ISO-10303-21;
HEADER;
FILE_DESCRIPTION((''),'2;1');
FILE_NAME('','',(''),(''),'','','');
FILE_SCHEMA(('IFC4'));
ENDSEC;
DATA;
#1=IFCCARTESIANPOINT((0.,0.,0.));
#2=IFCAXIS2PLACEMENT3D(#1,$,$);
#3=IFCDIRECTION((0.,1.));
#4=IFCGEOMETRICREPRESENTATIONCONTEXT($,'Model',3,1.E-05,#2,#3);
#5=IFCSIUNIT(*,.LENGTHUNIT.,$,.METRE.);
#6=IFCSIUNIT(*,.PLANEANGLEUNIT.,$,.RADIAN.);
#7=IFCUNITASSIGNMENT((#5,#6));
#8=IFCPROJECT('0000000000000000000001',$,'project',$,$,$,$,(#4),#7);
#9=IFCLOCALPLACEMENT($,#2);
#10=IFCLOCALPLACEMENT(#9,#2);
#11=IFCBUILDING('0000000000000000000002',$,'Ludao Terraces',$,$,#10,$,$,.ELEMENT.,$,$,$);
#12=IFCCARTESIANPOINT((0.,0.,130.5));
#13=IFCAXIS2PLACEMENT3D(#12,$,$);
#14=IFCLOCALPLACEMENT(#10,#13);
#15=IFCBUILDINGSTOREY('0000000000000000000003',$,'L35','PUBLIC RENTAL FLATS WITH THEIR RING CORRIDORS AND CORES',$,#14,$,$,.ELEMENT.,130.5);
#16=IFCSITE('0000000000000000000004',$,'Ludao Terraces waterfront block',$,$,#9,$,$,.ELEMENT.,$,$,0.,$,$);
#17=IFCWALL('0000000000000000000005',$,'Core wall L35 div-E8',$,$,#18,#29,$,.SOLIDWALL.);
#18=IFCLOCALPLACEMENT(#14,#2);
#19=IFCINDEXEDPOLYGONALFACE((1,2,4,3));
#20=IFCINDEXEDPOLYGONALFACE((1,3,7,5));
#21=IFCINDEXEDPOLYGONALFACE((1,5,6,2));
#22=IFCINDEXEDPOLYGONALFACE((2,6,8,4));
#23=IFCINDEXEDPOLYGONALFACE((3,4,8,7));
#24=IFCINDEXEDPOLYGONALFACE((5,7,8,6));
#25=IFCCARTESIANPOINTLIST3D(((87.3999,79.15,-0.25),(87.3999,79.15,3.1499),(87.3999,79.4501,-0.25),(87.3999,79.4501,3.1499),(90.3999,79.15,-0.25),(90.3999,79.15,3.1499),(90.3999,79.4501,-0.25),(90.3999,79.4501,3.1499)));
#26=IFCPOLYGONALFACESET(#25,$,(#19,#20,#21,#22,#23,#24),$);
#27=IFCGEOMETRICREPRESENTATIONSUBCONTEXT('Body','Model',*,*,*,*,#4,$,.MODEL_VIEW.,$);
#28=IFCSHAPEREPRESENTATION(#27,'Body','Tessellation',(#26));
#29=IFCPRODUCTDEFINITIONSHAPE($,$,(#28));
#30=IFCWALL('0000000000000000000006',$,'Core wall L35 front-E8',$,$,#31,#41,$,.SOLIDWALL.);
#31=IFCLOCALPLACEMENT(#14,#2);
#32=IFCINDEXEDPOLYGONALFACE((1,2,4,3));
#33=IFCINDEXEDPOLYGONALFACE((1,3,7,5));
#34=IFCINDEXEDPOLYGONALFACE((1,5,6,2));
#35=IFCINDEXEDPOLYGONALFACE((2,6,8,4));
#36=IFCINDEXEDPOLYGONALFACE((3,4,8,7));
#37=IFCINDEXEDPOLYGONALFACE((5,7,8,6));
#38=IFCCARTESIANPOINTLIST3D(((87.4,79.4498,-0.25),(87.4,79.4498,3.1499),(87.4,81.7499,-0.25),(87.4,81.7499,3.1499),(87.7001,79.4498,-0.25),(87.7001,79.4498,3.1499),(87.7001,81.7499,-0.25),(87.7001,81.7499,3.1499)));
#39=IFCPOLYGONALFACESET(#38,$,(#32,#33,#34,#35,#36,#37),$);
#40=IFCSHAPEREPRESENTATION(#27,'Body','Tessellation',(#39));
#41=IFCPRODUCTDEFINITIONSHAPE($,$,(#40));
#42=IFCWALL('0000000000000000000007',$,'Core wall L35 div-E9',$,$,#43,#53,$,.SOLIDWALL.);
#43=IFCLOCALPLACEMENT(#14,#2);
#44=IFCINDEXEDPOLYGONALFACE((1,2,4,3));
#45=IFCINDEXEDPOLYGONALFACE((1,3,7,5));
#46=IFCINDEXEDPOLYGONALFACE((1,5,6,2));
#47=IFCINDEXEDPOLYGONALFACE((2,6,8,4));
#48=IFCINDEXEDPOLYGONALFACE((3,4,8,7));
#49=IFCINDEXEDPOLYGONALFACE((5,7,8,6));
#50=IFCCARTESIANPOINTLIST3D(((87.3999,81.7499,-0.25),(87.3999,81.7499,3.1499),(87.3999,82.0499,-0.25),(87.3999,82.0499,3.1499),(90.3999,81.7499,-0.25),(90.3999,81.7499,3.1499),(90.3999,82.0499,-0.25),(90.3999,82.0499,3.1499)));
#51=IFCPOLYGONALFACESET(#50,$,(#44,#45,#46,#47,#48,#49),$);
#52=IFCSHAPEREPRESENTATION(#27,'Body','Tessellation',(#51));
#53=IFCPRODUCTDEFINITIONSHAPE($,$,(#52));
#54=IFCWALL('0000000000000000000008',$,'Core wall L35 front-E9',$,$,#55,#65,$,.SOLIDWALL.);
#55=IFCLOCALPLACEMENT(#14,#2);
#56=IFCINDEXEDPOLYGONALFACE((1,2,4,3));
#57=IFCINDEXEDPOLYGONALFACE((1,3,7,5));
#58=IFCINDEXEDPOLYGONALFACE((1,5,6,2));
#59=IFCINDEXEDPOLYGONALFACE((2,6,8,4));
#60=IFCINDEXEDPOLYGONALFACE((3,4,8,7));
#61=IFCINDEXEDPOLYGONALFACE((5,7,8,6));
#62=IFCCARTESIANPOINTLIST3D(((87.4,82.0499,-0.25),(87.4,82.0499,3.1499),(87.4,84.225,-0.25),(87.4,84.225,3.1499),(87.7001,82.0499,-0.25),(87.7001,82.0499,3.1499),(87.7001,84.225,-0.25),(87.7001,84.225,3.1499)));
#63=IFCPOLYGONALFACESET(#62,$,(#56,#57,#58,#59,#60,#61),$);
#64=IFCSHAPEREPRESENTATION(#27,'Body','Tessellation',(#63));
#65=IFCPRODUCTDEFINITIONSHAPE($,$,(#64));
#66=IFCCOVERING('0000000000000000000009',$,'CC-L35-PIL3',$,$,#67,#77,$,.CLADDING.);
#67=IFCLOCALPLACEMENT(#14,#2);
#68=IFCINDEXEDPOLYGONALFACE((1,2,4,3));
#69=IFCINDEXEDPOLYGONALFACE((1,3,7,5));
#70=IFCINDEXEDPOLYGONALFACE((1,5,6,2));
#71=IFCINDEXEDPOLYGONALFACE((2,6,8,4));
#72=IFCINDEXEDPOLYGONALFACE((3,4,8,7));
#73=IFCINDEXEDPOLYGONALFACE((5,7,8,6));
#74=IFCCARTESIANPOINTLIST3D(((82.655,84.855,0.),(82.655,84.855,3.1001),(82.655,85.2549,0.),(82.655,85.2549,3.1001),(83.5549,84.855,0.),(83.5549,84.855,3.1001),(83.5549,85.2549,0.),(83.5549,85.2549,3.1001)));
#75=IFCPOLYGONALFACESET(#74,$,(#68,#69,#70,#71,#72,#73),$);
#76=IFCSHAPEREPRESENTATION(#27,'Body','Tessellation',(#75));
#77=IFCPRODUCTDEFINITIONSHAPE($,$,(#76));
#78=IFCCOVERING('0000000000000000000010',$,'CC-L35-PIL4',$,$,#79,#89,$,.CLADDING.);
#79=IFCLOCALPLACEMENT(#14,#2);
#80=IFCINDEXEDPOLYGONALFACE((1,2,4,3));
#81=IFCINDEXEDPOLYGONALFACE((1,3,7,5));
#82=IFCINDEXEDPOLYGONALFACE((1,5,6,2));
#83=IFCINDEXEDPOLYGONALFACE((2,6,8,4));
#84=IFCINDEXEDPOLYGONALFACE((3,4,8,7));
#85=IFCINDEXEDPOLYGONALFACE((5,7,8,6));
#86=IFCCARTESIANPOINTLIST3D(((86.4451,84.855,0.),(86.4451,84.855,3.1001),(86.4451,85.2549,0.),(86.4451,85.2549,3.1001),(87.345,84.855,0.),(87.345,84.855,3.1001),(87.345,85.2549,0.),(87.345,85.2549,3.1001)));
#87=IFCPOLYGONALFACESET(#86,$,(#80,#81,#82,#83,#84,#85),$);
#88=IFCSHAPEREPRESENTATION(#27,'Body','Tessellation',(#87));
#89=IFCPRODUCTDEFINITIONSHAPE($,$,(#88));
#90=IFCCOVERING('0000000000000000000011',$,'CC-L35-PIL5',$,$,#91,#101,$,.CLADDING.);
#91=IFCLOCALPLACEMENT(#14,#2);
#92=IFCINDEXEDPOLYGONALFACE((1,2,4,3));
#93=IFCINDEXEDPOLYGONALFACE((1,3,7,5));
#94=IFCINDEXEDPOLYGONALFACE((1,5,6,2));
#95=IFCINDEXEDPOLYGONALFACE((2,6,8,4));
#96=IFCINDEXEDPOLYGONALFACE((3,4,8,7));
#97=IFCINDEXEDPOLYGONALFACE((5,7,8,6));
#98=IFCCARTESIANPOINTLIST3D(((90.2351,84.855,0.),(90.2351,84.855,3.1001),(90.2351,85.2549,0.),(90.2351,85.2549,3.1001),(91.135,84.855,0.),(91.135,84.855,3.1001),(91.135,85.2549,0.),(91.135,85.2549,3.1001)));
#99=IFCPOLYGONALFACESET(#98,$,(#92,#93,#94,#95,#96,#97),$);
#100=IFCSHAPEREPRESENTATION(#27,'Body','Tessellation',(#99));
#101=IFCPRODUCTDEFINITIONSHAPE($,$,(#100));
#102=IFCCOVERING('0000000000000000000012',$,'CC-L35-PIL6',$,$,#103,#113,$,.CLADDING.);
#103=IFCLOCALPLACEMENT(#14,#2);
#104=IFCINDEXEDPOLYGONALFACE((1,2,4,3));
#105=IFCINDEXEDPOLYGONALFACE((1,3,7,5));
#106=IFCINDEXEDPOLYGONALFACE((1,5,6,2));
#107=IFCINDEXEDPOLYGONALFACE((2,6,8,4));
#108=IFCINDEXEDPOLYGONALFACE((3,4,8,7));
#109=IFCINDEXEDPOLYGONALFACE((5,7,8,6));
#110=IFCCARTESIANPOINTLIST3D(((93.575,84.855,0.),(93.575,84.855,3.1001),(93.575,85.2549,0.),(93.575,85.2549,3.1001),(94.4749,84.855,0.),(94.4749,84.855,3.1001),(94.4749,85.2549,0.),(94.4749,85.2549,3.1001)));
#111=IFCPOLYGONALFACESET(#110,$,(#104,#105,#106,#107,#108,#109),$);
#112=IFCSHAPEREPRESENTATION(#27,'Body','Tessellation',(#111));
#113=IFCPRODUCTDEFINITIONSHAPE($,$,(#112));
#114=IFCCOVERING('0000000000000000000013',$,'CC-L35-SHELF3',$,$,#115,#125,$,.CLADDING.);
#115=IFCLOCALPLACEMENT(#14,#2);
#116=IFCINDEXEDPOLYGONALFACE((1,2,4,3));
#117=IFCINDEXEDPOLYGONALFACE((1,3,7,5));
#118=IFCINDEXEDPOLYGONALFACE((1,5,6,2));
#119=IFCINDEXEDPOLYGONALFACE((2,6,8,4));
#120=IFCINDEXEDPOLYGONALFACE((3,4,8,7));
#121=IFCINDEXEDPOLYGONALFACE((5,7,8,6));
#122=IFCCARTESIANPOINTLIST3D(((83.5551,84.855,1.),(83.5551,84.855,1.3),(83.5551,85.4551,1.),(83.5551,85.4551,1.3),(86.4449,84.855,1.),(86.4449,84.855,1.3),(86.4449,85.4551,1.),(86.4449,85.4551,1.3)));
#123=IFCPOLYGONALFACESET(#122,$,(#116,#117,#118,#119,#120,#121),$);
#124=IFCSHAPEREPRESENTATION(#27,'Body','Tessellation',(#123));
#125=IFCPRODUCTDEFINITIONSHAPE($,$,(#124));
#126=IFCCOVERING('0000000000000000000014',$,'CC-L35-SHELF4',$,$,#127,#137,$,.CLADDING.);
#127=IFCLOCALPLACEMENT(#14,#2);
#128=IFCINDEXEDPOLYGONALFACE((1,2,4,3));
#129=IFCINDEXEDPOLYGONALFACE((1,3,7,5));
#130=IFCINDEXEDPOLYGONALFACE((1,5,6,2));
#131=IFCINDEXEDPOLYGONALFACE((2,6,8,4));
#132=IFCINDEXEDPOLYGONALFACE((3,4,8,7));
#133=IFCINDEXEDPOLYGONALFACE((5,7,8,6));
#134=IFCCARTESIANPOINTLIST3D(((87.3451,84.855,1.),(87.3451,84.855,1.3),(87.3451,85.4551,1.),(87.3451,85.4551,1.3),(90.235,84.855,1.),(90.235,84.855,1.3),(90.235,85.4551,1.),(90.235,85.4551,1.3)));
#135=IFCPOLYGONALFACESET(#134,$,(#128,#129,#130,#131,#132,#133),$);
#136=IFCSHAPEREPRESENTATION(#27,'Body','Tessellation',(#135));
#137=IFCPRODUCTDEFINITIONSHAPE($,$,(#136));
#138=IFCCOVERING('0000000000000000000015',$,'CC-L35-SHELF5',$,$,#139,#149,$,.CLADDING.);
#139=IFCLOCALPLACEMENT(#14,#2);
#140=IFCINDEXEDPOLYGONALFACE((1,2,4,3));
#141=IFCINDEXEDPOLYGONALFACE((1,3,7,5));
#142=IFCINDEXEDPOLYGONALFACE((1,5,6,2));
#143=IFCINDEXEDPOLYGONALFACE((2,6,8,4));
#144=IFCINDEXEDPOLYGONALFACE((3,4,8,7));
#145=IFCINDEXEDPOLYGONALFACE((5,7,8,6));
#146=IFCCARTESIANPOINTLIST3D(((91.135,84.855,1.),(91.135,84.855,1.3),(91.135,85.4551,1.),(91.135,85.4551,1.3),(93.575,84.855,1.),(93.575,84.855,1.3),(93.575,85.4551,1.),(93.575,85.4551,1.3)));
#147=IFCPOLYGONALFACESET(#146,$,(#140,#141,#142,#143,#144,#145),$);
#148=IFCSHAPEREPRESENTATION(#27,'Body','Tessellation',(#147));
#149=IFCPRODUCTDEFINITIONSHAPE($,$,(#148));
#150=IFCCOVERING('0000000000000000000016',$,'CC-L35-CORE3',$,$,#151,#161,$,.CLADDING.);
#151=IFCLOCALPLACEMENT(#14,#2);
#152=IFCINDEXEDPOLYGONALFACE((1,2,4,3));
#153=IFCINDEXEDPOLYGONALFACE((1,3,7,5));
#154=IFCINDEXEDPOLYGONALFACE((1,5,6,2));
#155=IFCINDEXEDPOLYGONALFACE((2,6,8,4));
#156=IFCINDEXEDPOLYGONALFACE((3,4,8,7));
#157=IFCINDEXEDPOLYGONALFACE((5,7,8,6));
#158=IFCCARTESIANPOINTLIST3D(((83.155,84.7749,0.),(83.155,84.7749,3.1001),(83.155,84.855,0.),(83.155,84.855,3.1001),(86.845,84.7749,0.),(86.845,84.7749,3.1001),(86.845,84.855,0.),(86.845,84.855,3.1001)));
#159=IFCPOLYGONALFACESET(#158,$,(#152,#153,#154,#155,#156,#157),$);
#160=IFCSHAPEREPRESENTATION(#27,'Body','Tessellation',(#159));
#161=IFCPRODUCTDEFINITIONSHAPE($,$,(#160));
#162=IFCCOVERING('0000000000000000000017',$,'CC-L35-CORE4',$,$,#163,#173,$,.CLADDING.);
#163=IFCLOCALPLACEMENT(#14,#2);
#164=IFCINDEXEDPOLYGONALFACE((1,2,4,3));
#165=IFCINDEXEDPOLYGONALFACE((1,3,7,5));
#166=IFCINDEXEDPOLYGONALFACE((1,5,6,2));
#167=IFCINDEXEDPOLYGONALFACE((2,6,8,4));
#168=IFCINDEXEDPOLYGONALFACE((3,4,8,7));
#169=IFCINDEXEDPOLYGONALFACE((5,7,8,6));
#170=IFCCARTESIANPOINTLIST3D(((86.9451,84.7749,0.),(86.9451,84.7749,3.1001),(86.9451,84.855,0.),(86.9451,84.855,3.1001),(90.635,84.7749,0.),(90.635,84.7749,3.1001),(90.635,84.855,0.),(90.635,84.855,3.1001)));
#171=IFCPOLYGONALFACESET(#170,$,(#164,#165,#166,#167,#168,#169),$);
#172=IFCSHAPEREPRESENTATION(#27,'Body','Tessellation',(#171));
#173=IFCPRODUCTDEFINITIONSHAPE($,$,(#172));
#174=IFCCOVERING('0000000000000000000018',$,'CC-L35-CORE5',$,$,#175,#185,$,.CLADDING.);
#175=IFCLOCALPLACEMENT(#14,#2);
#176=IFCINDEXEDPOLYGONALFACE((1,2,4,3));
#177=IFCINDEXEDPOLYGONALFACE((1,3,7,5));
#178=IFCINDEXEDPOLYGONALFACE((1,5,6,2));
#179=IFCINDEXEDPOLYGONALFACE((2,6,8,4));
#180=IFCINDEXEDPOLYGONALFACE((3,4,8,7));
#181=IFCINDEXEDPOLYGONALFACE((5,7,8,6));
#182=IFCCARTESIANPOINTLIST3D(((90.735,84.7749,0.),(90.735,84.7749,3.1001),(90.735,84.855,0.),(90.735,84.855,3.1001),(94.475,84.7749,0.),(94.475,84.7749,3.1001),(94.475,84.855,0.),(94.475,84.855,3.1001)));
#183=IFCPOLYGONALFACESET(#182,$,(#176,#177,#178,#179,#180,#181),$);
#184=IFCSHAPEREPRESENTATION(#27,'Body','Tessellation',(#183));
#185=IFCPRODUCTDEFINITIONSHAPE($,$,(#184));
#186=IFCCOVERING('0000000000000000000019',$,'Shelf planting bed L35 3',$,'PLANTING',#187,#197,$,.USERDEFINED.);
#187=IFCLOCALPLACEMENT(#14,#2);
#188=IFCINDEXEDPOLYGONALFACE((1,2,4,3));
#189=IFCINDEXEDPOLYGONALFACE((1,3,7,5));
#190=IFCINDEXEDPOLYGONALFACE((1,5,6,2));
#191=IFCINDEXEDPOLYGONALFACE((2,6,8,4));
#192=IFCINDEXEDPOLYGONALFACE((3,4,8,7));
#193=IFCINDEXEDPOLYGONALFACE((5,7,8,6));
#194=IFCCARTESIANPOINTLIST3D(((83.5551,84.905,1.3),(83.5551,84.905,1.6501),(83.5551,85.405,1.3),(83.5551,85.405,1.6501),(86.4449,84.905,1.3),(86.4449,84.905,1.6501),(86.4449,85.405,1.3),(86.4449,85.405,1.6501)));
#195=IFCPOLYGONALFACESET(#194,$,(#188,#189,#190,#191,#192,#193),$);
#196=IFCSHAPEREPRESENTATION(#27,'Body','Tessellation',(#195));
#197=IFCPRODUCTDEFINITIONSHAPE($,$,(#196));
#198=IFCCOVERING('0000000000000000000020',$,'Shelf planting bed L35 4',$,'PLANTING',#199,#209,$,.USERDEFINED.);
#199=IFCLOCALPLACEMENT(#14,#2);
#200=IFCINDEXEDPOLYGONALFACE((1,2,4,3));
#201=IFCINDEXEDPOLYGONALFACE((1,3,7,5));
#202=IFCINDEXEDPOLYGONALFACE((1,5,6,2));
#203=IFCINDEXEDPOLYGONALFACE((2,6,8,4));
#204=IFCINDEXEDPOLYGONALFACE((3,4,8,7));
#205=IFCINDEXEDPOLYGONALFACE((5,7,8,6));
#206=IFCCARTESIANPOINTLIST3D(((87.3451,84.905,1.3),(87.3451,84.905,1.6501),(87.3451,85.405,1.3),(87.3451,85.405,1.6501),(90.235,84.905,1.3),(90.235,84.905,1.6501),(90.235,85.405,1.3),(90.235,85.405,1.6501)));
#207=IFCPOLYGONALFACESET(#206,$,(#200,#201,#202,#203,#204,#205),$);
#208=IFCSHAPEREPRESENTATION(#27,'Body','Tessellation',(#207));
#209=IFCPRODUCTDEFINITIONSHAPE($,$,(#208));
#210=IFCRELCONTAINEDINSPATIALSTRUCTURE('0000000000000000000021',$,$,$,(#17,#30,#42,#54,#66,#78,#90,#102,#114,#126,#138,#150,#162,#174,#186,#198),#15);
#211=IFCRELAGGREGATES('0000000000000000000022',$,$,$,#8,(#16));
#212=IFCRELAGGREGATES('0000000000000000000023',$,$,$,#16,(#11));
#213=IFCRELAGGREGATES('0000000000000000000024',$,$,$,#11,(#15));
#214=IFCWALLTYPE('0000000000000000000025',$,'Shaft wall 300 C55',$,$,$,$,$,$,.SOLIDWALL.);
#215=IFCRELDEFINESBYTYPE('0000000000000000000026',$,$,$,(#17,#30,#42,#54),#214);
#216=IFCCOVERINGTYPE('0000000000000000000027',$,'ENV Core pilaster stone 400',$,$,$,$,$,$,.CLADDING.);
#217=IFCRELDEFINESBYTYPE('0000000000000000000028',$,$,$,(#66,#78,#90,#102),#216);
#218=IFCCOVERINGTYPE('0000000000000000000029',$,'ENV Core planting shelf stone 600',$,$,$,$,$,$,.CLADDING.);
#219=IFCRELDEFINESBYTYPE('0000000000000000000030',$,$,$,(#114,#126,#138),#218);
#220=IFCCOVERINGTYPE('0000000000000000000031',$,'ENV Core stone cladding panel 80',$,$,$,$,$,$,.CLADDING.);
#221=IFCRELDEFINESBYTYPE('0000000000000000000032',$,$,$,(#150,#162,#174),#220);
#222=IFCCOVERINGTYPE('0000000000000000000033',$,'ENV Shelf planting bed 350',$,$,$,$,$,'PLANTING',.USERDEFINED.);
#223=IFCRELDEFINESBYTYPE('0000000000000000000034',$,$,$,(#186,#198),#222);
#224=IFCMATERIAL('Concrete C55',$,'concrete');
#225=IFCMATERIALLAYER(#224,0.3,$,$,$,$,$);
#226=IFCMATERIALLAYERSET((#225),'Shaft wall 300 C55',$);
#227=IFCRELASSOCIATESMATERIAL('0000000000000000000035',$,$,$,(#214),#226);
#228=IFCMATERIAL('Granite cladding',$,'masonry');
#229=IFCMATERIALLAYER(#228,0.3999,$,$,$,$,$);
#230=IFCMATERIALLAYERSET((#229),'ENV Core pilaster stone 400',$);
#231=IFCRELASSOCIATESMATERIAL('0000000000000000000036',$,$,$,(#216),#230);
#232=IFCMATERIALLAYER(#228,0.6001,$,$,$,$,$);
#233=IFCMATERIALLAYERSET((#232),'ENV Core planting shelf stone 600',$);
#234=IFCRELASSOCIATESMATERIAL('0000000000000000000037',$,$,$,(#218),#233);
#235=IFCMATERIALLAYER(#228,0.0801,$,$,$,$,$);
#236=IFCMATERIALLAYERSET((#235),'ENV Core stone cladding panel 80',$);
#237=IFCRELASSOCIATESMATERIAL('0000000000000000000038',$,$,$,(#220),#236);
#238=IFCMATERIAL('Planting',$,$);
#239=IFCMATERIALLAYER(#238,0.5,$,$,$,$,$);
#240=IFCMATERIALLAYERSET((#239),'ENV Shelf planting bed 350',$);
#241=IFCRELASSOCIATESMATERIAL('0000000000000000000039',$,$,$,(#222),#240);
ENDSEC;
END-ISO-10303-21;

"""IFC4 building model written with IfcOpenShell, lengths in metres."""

from ifc_helpers import new_model, si_unit, direction, frame, frame_2d, origin, origin_2d, place, context, subcontext, project, spatial, rectangle, extrude, material, layer, layer_set, type_object, element, save


model = new_model("IFC4")

# Units and contexts
model_context = context("Model", 3, precision=1e-05, world=origin(), true_north=direction((0.0, 1.0)))
body_context = subcontext(model_context, "Body", "Model", "MODEL_VIEW")
ifc_project = project(units=[si_unit("LENGTHUNIT", "METRE"), si_unit("PLANEANGLEUNIT", "RADIAN")], contexts=[model_context])

# Site, building, storey
site_placement = place(None, origin())
site = spatial("IfcSite", under=ifc_project, at=site_placement, Name="Ludao Terraces waterfront block", CompositionType="ELEMENT", RefElevation=0.0)
building_placement = place(site_placement, origin())
building = spatial("IfcBuilding", under=site, at=building_placement, Name="Ludao Terraces", CompositionType="ELEMENT")
storey_placement = place(building_placement, frame((0.0, 0.0, 130.5)))
storey = spatial("IfcBuildingStorey", under=building, at=storey_placement, Name="L35", Description="PUBLIC RENTAL FLATS WITH THEIR RING CORRIDORS AND CORES", CompositionType="ELEMENT", Elevation=130.5)

# Walls
ifc_material_1 = material(Name="Concrete C55", Category="concrete")
ifc_layer_1 = layer(ifc_material_1, 0.3)
ifc_layer_set_1 = layer_set([ifc_layer_1], Name="Shaft wall 300 C55")
wall_type = type_object("IfcWallType", Name="Shaft wall 300 C55", PredefinedType="SOLIDWALL", material=ifc_layer_set_1)
wall_1_placement = place(storey_placement, frame((87.3999, 79.3, -0.25), z_axis=(0.0, 0.0, 1.0), x_axis=(1.0, 0.0, 0.0)))
element("IfcWall", 1, at=wall_1_placement, inside=storey, type_object=wall_type, Name="Core wall L35 div-E8", PredefinedType="SOLIDWALL", context=body_context, shape_type="SweptSolid", body=[
    extrude(rectangle(XDim=3.0, YDim=0.3, at=frame_2d((1.5, 0.0))), origin(), (0.0, 0.0, 1.0), 3.3999),
])
wall_2_placement = place(storey_placement, frame((87.55, 79.45, -0.25), z_axis=(0.0, 0.0, 1.0), x_axis=(0.0, 1.0, 0.0)))
element("IfcWall", 2, at=wall_2_placement, inside=storey, type_object=wall_type, Name="Core wall L35 front-E8", PredefinedType="SOLIDWALL", context=body_context, shape_type="SweptSolid", body=[
    extrude(rectangle(XDim=2.3, YDim=0.3, at=frame_2d((1.1499, 0.0))), origin(), (0.0, 0.0, 1.0), 3.3999),
])
wall_3_placement = place(storey_placement, frame((87.3999, 81.8999, -0.25), z_axis=(0.0, 0.0, 1.0), x_axis=(1.0, 0.0, 0.0)))
element("IfcWall", 3, at=wall_3_placement, inside=storey, type_object=wall_type, Name="Core wall L35 div-E9", PredefinedType="SOLIDWALL", context=body_context, shape_type="SweptSolid", body=[
    extrude(rectangle(XDim=3.0, YDim=0.3, at=frame_2d((1.5, 0.0))), origin(), (0.0, 0.0, 1.0), 3.3999),
])
wall_4_placement = place(storey_placement, frame((87.55, 82.05, -0.25), z_axis=(0.0, 0.0, 1.0), x_axis=(0.0, 1.0, 0.0)))
element("IfcWall", 4, at=wall_4_placement, inside=storey, type_object=wall_type, Name="Core wall L35 front-E9", PredefinedType="SOLIDWALL", context=body_context, shape_type="SweptSolid", body=[
    extrude(rectangle(XDim=2.175, YDim=0.3, at=frame_2d((1.0874, 0.0))), origin(), (0.0, 0.0, 1.0), 3.3999),
])

# Coverings
ifc_material_2 = material(Name="Granite cladding", Category="masonry")
ifc_layer_2 = layer(ifc_material_2, 0.3999)
ifc_layer_set_2 = layer_set([ifc_layer_2], Name="ENV Core pilaster stone 400")
covering_type_1 = type_object("IfcCoveringType", Name="ENV Core pilaster stone 400", PredefinedType="CLADDING", material=ifc_layer_set_2)
for number, where, z_axis, x_axis, name in (
    (5, (83.105, 85.0549, 0.0), (0.0, 0.0, 1.0), (1.0, 0.0, 0.0), "CC-L35-PIL3"),
    (6, (86.895, 85.0549, 0.0), (0.0, 0.0, 1.0), (1.0, 0.0, 0.0), "CC-L35-PIL4"),
    (7, (90.6851, 85.0549, 0.0), (0.0, 0.0, 1.0), (1.0, 0.0, 0.0), "CC-L35-PIL5"),
    (8, (94.0249, 85.0549, 0.0), (0.0, 0.0, 1.0), (1.0, 0.0, 0.0), "CC-L35-PIL6"),
):
    element("IfcCovering", number, at=place(storey_placement, frame(where, z_axis=z_axis, x_axis=x_axis)), inside=storey, type_object=covering_type_1, Name=name, PredefinedType="CLADDING", context=body_context, shape_type="SweptSolid", body=[
        extrude(rectangle(XDim=0.8999, YDim=0.3999, at=origin_2d()), origin(), (0.0, 0.0, 1.0), 3.1001),
    ])
ifc_layer_3 = layer(ifc_material_2, 0.6001)
ifc_layer_set_3 = layer_set([ifc_layer_3], Name="ENV Core planting shelf stone 600")
covering_type_2 = type_object("IfcCoveringType", Name="ENV Core planting shelf stone 600", PredefinedType="CLADDING", material=ifc_layer_set_3)
for number, where, z_axis, x_axis, name in (
    (9, (85.0, 85.155, 1.0), (0.0, 0.0, 1.0), (1.0, 0.0, 0.0), "CC-L35-SHELF3"),
    (10, (88.79, 85.155, 1.0), (0.0, 0.0, 1.0), (1.0, 0.0, 0.0), "CC-L35-SHELF4"),
):
    element("IfcCovering", number, at=place(storey_placement, frame(where, z_axis=z_axis, x_axis=x_axis)), inside=storey, type_object=covering_type_2, Name=name, PredefinedType="CLADDING", context=body_context, shape_type="SweptSolid", body=[
        extrude(rectangle(XDim=2.8899, YDim=0.6001, at=origin_2d()), origin(), (0.0, 0.0, 1.0), 0.3),
    ])
covering_1_placement = place(storey_placement, frame((92.355, 85.155, 1.0), z_axis=(0.0, 0.0, 1.0), x_axis=(1.0, 0.0, 0.0)))
element("IfcCovering", 11, at=covering_1_placement, inside=storey, type_object=covering_type_2, Name="CC-L35-SHELF5", PredefinedType="CLADDING", context=body_context, shape_type="SweptSolid", body=[
    extrude(rectangle(XDim=2.4399, YDim=0.6001, at=origin_2d()), origin(), (0.0, 0.0, 1.0), 0.3),
])
ifc_layer_4 = layer(ifc_material_2, 0.0801)
ifc_layer_set_4 = layer_set([ifc_layer_4], Name="ENV Core stone cladding panel 80")
covering_type_3 = type_object("IfcCoveringType", Name="ENV Core stone cladding panel 80", PredefinedType="CLADDING", material=ifc_layer_set_4)
for number, where, z_axis, x_axis, name in (
    (12, (85.0, 84.8149, 0.0), (0.0, 0.0, 1.0), (1.0, 0.0, 0.0), "CC-L35-CORE3"),
    (13, (88.79, 84.8149, 0.0), (0.0, 0.0, 1.0), (1.0, 0.0, 0.0), "CC-L35-CORE4"),
):
    element("IfcCovering", number, at=place(storey_placement, frame(where, z_axis=z_axis, x_axis=x_axis)), inside=storey, type_object=covering_type_3, Name=name, PredefinedType="CLADDING", context=body_context, shape_type="SweptSolid", body=[
        extrude(rectangle(XDim=3.6899, YDim=0.0801, at=origin_2d()), origin(), (0.0, 0.0, 1.0), 3.1001),
    ])
covering_2_placement = place(storey_placement, frame((92.605, 84.8149, 0.0), z_axis=(0.0, 0.0, 1.0), x_axis=(1.0, 0.0, 0.0)))
element("IfcCovering", 14, at=covering_2_placement, inside=storey, type_object=covering_type_3, Name="CC-L35-CORE5", PredefinedType="CLADDING", context=body_context, shape_type="SweptSolid", body=[
    extrude(rectangle(XDim=3.74, YDim=0.0801, at=origin_2d()), origin(), (0.0, 0.0, 1.0), 3.1001),
])
ifc_material_3 = material(Name="Planting")
ifc_layer_5 = layer(ifc_material_3, 0.5)
ifc_layer_set_5 = layer_set([ifc_layer_5], Name="ENV Shelf planting bed 350")
covering_type_4 = type_object("IfcCoveringType", Name="ENV Shelf planting bed 350", ElementType="PLANTING", PredefinedType="USERDEFINED", material=ifc_layer_set_5)
for number, where, z_axis, x_axis, name in (
    (15, (85.0, 85.155, 1.3), (0.0, 0.0, 1.0), (1.0, 0.0, 0.0), "Shelf planting bed L35 3"),
    (16, (88.79, 85.155, 1.3), (0.0, 0.0, 1.0), (1.0, 0.0, 0.0), "Shelf planting bed L35 4"),
):
    element("IfcCovering", number, at=place(storey_placement, frame(where, z_axis=z_axis, x_axis=x_axis)), inside=storey, type_object=covering_type_4, Name=name, ObjectType="PLANTING", PredefinedType="USERDEFINED", context=body_context, shape_type="SweptSolid", body=[
        extrude(rectangle(XDim=2.8899, YDim=0.5, at=origin_2d()), origin(), (0.0, 0.0, 1.0), 0.3501),
    ])

save(model, "model.ifc")
